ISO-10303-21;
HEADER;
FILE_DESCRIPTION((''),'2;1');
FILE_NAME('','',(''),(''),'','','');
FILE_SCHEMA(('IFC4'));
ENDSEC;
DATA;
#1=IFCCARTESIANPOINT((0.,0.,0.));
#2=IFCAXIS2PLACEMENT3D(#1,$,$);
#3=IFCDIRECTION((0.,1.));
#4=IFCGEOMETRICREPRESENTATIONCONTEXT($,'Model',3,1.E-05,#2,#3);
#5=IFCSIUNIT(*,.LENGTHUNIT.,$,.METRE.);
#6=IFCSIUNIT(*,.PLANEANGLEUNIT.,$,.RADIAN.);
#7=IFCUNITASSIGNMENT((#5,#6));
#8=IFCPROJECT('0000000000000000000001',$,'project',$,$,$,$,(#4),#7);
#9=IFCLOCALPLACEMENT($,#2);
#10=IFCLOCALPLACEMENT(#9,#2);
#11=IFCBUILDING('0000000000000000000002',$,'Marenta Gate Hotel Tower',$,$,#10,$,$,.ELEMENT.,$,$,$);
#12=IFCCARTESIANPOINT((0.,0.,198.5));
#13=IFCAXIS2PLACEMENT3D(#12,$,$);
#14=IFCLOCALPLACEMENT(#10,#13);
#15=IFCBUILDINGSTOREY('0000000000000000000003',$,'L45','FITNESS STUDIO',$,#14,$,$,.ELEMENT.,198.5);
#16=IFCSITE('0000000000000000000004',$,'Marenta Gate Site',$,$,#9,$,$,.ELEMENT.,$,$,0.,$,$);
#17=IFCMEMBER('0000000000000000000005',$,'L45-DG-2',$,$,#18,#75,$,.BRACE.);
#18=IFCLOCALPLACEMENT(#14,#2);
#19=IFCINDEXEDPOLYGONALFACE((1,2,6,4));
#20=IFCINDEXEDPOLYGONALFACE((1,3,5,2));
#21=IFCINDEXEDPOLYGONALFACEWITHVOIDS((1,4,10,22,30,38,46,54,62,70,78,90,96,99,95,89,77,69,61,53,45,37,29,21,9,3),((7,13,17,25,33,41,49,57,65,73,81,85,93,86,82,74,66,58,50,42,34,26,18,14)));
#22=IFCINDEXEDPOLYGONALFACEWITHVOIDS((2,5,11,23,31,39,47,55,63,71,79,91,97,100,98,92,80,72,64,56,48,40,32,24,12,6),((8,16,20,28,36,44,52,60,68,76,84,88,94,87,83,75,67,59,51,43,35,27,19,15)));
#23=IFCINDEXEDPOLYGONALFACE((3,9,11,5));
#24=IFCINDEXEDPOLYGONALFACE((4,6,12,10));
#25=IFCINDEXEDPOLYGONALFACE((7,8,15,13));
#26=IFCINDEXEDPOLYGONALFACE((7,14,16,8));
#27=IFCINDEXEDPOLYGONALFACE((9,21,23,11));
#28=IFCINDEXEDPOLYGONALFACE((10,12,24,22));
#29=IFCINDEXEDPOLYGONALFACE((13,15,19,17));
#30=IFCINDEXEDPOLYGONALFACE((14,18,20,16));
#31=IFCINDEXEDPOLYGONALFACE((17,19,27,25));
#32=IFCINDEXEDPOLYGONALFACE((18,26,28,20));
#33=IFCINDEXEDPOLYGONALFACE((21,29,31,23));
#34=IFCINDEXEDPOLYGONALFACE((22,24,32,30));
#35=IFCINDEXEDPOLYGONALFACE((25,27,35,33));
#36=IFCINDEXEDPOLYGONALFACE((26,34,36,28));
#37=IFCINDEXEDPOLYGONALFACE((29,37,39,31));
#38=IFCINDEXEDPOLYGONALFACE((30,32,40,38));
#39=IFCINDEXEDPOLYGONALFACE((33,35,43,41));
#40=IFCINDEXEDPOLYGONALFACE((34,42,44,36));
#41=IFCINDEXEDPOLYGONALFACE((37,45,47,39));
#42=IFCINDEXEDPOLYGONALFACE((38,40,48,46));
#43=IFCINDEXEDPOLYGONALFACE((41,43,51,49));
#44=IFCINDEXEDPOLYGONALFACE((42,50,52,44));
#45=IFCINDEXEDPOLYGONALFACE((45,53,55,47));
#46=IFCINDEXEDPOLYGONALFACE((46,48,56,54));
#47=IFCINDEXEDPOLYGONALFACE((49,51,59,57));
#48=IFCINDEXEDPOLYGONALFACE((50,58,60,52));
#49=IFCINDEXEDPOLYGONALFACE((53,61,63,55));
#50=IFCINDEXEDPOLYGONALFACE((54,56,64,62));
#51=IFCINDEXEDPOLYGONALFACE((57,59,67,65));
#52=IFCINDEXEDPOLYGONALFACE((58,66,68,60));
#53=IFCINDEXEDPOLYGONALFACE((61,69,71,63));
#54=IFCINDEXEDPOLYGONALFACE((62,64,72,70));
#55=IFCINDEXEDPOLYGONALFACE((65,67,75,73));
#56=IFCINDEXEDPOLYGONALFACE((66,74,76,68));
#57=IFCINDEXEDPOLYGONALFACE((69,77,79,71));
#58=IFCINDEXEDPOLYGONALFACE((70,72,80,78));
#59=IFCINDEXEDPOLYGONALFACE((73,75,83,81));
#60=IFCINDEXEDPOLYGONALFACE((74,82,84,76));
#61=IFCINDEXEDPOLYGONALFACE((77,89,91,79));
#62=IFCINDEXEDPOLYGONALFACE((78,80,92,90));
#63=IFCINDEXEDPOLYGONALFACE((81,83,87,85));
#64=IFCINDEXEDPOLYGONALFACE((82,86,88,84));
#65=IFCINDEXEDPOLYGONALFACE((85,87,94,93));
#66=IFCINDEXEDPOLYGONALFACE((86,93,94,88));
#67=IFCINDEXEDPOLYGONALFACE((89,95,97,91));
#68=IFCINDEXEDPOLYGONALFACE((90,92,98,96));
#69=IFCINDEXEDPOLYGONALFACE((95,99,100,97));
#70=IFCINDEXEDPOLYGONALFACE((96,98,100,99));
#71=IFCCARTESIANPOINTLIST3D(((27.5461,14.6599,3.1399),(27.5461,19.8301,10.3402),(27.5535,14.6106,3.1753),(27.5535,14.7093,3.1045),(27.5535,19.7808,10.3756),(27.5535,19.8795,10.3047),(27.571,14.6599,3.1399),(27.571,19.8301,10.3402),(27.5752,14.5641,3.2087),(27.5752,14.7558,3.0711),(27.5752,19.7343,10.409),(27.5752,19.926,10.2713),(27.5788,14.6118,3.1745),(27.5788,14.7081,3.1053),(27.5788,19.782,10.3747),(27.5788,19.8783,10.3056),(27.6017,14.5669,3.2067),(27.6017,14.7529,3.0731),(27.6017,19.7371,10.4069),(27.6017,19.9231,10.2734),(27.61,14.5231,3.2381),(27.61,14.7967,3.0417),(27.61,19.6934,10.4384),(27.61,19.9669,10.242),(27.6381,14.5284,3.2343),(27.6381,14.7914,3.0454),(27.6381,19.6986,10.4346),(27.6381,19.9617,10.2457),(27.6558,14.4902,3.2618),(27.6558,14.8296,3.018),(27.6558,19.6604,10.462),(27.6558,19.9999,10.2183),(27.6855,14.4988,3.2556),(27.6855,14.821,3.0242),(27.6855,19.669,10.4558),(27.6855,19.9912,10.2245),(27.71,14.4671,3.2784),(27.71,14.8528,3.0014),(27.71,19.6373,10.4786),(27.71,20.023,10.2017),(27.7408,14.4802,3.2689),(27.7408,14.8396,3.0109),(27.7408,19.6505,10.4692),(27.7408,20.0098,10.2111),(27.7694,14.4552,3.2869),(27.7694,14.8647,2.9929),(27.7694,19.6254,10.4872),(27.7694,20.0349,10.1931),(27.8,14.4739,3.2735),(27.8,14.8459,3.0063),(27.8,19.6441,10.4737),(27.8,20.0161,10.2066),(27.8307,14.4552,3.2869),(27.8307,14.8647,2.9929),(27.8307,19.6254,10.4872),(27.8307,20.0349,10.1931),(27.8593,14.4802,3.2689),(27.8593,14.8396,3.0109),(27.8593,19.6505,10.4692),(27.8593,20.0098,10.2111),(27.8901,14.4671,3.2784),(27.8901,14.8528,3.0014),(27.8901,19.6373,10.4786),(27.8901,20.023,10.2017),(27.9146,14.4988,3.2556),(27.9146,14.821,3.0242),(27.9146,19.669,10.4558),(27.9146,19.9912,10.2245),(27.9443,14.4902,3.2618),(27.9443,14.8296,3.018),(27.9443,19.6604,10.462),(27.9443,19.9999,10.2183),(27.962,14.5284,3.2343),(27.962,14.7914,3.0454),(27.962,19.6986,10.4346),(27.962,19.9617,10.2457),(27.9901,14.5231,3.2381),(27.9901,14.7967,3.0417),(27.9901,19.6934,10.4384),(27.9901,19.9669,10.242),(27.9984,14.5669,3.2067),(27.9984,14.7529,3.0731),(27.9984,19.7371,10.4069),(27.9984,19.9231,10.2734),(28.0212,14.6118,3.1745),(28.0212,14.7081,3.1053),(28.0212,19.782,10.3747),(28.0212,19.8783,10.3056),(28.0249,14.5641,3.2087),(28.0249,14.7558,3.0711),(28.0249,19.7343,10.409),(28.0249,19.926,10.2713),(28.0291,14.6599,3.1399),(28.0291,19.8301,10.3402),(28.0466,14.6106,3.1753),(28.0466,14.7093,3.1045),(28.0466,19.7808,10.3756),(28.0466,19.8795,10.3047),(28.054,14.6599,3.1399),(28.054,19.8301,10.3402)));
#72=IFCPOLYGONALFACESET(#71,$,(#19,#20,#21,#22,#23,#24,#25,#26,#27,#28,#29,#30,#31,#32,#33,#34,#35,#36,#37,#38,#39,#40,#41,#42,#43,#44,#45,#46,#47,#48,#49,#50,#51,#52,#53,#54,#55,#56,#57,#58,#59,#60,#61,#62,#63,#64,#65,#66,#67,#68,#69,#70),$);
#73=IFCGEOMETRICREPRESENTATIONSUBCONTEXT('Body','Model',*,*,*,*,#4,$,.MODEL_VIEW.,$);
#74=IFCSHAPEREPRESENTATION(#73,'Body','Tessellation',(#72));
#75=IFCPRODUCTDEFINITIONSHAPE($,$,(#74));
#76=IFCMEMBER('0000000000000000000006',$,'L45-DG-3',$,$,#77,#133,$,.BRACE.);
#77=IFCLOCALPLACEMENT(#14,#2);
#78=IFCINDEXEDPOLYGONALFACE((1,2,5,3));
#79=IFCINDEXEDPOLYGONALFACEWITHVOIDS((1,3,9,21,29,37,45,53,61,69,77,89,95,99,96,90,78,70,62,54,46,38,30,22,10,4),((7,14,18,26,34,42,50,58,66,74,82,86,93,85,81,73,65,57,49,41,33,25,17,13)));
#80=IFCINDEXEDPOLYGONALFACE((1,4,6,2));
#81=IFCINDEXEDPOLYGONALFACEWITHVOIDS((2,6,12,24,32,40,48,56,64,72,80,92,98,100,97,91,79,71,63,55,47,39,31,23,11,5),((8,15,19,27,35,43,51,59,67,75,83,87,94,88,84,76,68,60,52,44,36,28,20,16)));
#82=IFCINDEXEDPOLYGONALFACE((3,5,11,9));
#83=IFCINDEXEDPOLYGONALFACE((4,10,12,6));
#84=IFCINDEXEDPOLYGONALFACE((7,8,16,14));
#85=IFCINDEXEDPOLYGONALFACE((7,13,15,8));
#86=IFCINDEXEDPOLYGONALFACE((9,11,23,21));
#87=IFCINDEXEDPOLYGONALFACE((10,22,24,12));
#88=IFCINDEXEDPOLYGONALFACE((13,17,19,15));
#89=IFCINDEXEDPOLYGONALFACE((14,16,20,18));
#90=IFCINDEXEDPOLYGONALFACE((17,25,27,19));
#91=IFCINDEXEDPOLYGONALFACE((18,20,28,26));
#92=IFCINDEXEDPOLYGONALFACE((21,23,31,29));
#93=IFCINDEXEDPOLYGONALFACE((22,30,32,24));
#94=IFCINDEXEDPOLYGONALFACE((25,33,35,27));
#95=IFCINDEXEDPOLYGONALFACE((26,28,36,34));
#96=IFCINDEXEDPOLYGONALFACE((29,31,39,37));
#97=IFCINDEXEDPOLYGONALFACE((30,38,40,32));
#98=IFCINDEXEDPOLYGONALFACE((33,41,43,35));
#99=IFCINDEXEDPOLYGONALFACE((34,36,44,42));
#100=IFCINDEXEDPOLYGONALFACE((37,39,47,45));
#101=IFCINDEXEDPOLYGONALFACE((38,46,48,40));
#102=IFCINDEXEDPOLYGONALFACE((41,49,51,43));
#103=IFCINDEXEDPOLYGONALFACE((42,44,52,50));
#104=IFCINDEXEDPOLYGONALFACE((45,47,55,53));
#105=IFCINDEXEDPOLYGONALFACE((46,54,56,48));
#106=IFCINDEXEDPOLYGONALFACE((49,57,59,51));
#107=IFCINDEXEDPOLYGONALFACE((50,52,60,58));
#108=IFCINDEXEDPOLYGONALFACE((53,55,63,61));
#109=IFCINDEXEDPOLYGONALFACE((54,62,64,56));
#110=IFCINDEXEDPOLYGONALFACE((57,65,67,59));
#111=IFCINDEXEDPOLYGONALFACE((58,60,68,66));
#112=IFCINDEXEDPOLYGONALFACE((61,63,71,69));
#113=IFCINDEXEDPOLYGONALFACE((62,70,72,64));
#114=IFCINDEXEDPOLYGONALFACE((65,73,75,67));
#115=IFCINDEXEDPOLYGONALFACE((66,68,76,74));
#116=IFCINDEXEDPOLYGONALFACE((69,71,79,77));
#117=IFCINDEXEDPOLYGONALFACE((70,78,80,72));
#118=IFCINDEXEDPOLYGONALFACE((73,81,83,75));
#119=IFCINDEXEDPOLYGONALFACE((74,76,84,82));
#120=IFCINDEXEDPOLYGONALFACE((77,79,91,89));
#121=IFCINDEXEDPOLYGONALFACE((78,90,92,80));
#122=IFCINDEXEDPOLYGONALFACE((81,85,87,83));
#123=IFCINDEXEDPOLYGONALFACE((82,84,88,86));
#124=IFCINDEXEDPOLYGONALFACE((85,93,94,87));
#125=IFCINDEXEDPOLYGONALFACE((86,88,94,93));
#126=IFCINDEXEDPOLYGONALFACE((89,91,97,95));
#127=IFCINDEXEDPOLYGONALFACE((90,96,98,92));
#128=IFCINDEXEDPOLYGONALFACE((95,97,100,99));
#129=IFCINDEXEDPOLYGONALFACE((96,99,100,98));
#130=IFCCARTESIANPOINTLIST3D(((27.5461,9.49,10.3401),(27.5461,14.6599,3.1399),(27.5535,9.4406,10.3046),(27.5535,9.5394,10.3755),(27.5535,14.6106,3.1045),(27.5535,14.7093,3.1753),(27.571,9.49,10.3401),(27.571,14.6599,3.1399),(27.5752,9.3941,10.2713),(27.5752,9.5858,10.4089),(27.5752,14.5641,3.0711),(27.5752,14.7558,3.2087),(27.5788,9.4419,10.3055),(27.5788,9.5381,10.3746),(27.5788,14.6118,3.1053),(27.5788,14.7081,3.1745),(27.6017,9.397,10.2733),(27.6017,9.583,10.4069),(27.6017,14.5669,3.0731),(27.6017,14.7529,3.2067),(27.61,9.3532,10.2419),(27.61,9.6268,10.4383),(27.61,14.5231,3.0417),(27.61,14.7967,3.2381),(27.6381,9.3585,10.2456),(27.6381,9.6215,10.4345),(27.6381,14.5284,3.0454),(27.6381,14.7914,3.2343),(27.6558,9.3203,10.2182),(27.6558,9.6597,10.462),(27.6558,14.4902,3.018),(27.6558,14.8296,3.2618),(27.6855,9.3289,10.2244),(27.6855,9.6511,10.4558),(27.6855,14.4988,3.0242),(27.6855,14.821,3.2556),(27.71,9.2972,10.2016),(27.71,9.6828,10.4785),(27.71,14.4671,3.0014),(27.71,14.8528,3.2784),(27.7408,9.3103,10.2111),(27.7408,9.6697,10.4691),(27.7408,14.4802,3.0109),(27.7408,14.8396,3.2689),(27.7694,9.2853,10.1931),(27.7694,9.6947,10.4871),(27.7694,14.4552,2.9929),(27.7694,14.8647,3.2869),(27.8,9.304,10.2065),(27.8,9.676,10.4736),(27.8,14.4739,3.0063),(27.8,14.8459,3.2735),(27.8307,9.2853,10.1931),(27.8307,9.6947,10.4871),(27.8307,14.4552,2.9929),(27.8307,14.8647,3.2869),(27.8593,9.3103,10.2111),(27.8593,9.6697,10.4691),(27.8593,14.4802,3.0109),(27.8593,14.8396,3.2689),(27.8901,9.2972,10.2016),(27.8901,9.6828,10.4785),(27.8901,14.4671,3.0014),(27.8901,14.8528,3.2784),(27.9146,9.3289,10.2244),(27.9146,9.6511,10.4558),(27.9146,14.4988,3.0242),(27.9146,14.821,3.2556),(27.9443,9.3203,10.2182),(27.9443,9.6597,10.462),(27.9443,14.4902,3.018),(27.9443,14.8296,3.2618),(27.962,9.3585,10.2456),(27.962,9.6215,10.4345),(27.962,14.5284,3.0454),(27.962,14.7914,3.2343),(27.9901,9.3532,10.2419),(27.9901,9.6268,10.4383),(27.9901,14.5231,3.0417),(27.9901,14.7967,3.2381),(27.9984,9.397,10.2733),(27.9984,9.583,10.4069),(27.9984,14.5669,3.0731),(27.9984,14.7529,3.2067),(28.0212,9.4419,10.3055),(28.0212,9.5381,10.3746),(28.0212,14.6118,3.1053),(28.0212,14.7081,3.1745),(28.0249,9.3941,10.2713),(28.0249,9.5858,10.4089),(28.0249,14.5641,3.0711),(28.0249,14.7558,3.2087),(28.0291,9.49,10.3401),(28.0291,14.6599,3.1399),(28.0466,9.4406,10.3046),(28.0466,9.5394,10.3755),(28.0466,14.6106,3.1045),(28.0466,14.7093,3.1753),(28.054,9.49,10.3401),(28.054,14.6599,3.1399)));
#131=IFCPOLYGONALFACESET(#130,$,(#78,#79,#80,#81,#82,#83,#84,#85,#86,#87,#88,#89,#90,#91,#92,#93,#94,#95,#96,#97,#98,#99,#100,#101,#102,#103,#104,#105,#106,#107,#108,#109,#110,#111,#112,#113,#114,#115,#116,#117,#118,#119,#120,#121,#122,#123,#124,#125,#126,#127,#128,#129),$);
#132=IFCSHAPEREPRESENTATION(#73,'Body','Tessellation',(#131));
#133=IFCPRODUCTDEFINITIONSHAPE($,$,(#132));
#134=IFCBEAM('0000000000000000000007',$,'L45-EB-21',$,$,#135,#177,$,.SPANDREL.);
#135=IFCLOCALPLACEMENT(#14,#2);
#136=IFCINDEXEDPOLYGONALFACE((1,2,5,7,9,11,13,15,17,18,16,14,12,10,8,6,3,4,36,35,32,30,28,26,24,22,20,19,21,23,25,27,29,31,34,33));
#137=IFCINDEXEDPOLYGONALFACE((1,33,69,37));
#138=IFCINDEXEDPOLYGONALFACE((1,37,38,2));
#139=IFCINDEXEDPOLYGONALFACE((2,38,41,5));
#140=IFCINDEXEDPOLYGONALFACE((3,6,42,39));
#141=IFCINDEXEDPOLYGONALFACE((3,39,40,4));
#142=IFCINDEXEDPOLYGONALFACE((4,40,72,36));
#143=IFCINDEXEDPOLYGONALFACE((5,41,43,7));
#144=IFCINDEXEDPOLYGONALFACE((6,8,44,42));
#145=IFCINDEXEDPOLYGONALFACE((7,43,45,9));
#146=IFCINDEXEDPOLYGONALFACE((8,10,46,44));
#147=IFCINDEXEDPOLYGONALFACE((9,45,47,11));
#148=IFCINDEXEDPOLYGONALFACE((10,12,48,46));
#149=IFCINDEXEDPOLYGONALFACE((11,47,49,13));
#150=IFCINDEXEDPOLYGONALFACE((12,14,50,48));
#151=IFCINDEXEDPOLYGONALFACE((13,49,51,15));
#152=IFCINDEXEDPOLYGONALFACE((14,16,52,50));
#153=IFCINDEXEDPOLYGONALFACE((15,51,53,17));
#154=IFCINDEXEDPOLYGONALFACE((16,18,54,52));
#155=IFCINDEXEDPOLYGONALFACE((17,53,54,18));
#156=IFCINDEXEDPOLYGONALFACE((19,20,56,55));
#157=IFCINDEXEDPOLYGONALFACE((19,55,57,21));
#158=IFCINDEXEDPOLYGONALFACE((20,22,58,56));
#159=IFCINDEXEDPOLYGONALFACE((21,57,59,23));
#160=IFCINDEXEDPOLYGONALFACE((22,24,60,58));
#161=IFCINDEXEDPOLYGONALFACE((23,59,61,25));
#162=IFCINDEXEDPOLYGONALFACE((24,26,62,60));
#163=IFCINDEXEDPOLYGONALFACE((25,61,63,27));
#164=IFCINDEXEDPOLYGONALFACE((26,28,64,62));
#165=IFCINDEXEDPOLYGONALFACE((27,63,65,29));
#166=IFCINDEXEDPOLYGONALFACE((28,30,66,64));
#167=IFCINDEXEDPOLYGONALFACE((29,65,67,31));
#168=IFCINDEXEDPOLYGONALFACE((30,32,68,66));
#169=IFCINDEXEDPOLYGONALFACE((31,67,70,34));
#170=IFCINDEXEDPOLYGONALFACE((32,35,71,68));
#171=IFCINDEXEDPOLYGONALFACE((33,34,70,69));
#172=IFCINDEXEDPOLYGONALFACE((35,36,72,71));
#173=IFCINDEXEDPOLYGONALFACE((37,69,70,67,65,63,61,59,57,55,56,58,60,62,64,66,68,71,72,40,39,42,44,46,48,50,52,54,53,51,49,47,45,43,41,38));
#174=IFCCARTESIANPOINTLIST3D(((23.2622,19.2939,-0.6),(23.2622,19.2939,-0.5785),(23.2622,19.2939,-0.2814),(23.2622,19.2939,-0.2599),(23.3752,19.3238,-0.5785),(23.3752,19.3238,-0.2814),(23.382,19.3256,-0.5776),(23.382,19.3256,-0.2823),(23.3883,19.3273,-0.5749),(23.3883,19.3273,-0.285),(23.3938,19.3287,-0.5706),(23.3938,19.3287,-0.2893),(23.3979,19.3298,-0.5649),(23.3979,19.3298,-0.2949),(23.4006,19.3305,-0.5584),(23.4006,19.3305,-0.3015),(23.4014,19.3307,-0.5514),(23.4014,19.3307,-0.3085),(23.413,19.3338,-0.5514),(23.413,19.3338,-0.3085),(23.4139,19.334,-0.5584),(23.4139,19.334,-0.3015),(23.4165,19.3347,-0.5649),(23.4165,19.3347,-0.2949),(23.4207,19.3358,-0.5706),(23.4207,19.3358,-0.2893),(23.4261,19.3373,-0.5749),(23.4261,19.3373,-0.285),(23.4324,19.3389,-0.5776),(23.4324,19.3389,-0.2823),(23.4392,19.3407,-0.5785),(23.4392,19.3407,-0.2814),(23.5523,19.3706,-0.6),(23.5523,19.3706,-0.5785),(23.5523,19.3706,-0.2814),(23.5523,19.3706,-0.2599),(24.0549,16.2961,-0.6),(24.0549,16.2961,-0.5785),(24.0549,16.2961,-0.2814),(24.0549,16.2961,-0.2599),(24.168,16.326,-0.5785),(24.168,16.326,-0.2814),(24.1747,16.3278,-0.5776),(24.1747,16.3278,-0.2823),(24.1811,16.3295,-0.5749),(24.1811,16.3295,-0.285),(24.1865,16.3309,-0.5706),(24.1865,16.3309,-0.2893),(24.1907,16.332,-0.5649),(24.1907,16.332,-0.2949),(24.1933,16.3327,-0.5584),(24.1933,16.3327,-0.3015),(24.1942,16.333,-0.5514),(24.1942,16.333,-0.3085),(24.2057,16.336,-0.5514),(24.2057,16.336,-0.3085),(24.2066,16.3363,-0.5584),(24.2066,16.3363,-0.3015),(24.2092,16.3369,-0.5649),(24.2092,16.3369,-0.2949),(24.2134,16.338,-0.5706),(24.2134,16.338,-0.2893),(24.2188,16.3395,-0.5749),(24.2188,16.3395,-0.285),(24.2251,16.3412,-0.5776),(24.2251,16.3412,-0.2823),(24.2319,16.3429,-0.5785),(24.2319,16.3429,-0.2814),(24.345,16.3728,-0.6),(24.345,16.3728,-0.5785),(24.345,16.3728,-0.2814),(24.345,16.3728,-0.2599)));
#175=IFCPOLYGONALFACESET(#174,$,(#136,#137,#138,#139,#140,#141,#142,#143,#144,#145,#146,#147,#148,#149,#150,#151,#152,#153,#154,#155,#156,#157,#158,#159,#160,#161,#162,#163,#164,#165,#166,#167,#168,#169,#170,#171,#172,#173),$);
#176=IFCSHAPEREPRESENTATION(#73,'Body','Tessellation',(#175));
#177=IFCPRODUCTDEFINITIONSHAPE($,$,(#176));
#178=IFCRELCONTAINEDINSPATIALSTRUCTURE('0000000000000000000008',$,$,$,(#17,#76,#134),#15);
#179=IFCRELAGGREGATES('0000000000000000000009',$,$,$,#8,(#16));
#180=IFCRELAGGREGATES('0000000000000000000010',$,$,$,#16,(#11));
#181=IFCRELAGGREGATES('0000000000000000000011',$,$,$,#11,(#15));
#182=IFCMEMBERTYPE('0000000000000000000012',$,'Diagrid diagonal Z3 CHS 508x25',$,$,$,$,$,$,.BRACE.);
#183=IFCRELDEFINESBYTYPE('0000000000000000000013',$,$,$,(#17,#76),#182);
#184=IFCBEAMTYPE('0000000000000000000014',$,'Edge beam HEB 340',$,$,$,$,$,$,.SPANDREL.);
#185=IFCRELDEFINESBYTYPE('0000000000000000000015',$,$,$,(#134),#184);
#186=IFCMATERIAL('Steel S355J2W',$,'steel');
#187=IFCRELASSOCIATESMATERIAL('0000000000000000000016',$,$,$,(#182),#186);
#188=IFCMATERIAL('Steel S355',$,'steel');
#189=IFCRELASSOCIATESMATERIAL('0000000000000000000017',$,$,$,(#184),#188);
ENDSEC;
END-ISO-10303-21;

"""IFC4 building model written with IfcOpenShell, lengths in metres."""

from ifc_helpers import new_model, si_unit, direction, frame, origin, origin_2d, place, context, subcontext, project, spatial, hollow_circle, i_section, extrude, material, material_profile, profile_set, type_object, element, save


model = new_model("IFC4")

# Units and contexts
model_context = context("Model", 3, precision=1e-05, world=origin(), true_north=direction((0.0, 1.0)))
body_context = subcontext(model_context, "Body", "Model", "MODEL_VIEW")
ifc_project = project(units=[si_unit("LENGTHUNIT", "METRE"), si_unit("PLANEANGLEUNIT", "RADIAN")], contexts=[model_context])

# Site, building, storey
site_placement = place(None, origin())
site = spatial("IfcSite", under=ifc_project, at=site_placement, Name="Marenta Gate Site", CompositionType="ELEMENT", RefElevation=0.0)
building_placement = place(site_placement, origin())
building = spatial("IfcBuilding", under=site, at=building_placement, Name="Marenta Gate Hotel Tower", CompositionType="ELEMENT")
storey_placement = place(building_placement, frame((0.0, 0.0, 198.5)))
storey = spatial("IfcBuildingStorey", under=building, at=storey_placement, Name="L45", Description="FITNESS STUDIO", CompositionType="ELEMENT", Elevation=198.5)

# Members
ifc_material_1 = material(Name="Steel S355J2W", Category="steel")
ifc_material_profile_1 = material_profile(ifc_material_1, hollow_circle(Radius=0.2539, WallThickness=0.0249, at=origin_2d()), Name="CHS 508x25")
ifc_profile_set_1 = profile_set([ifc_material_profile_1], Name="Steel S355J2W")
member_type_1 = type_object("IfcMemberType", Name="Diagrid diagonal Z3 CHS 508x25", PredefinedType="BRACE", material=ifc_profile_set_1)
member_1_placement = place(storey_placement, frame((27.8, 14.6599, 3.1399), z_axis=(0.0, 0.583266, 0.812281), x_axis=(-1.0, 0.0, 0.0)))
element("IfcMember", 1, at=member_1_placement, inside=storey, type_object=member_type_1, Name="L45-DG-2", PredefinedType="BRACE", context=body_context, shape_type="SweptSolid", body=[
    extrude(hollow_circle(Radius=0.2539, WallThickness=0.0249, at=origin_2d()), origin(), (0.0, 0.0, 1.0), 8.8643),
])
member_2_placement = place(storey_placement, frame((27.8, 14.6599, 3.1399), z_axis=(0.0, -0.583248, 0.812294), x_axis=(1.0, 0.0, 0.0)))
element("IfcMember", 2, at=member_2_placement, inside=storey, type_object=member_type_1, Name="L45-DG-3", PredefinedType="BRACE", context=body_context, shape_type="SweptSolid", body=[
    extrude(hollow_circle(Radius=0.2539, WallThickness=0.0249, at=origin_2d()), origin(), (0.0, 0.0, 1.0), 8.864),
])

# Beam
ifc_material_2 = material(Name="Steel S355", Category="steel")
ifc_material_profile_2 = material_profile(ifc_material_2, i_section(OverallWidth=0.3, OverallDepth=0.3401, WebThickness=0.012, FlangeThickness=0.0215, FilletRadius=0.0271, at=origin_2d()), Name="HEB 340")
ifc_profile_set_2 = profile_set([ifc_material_profile_2], Name="Steel S355")
beam_type = type_object("IfcBeamType", Name="Edge beam HEB 340", PredefinedType="SPANDREL", material=ifc_profile_set_2)
beam_1_placement = place(storey_placement, frame((23.4072, 19.3323, -0.4299), z_axis=(0.255648, -0.96677, 0.0), x_axis=(0.96677, 0.255648, 0.0)))
element("IfcBeam", 3, at=beam_1_placement, inside=storey, type_object=beam_type, Name="L45-EB-21", PredefinedType="SPANDREL", context=body_context, shape_type="SweptSolid", body=[
    extrude(i_section(OverallWidth=0.3, OverallDepth=0.3401, WebThickness=0.012, FlangeThickness=0.0215, FilletRadius=0.0271, at=origin_2d()), origin(), (0.0, 0.0, 1.0), 3.1008),
])

save(model, "model.ifc")
